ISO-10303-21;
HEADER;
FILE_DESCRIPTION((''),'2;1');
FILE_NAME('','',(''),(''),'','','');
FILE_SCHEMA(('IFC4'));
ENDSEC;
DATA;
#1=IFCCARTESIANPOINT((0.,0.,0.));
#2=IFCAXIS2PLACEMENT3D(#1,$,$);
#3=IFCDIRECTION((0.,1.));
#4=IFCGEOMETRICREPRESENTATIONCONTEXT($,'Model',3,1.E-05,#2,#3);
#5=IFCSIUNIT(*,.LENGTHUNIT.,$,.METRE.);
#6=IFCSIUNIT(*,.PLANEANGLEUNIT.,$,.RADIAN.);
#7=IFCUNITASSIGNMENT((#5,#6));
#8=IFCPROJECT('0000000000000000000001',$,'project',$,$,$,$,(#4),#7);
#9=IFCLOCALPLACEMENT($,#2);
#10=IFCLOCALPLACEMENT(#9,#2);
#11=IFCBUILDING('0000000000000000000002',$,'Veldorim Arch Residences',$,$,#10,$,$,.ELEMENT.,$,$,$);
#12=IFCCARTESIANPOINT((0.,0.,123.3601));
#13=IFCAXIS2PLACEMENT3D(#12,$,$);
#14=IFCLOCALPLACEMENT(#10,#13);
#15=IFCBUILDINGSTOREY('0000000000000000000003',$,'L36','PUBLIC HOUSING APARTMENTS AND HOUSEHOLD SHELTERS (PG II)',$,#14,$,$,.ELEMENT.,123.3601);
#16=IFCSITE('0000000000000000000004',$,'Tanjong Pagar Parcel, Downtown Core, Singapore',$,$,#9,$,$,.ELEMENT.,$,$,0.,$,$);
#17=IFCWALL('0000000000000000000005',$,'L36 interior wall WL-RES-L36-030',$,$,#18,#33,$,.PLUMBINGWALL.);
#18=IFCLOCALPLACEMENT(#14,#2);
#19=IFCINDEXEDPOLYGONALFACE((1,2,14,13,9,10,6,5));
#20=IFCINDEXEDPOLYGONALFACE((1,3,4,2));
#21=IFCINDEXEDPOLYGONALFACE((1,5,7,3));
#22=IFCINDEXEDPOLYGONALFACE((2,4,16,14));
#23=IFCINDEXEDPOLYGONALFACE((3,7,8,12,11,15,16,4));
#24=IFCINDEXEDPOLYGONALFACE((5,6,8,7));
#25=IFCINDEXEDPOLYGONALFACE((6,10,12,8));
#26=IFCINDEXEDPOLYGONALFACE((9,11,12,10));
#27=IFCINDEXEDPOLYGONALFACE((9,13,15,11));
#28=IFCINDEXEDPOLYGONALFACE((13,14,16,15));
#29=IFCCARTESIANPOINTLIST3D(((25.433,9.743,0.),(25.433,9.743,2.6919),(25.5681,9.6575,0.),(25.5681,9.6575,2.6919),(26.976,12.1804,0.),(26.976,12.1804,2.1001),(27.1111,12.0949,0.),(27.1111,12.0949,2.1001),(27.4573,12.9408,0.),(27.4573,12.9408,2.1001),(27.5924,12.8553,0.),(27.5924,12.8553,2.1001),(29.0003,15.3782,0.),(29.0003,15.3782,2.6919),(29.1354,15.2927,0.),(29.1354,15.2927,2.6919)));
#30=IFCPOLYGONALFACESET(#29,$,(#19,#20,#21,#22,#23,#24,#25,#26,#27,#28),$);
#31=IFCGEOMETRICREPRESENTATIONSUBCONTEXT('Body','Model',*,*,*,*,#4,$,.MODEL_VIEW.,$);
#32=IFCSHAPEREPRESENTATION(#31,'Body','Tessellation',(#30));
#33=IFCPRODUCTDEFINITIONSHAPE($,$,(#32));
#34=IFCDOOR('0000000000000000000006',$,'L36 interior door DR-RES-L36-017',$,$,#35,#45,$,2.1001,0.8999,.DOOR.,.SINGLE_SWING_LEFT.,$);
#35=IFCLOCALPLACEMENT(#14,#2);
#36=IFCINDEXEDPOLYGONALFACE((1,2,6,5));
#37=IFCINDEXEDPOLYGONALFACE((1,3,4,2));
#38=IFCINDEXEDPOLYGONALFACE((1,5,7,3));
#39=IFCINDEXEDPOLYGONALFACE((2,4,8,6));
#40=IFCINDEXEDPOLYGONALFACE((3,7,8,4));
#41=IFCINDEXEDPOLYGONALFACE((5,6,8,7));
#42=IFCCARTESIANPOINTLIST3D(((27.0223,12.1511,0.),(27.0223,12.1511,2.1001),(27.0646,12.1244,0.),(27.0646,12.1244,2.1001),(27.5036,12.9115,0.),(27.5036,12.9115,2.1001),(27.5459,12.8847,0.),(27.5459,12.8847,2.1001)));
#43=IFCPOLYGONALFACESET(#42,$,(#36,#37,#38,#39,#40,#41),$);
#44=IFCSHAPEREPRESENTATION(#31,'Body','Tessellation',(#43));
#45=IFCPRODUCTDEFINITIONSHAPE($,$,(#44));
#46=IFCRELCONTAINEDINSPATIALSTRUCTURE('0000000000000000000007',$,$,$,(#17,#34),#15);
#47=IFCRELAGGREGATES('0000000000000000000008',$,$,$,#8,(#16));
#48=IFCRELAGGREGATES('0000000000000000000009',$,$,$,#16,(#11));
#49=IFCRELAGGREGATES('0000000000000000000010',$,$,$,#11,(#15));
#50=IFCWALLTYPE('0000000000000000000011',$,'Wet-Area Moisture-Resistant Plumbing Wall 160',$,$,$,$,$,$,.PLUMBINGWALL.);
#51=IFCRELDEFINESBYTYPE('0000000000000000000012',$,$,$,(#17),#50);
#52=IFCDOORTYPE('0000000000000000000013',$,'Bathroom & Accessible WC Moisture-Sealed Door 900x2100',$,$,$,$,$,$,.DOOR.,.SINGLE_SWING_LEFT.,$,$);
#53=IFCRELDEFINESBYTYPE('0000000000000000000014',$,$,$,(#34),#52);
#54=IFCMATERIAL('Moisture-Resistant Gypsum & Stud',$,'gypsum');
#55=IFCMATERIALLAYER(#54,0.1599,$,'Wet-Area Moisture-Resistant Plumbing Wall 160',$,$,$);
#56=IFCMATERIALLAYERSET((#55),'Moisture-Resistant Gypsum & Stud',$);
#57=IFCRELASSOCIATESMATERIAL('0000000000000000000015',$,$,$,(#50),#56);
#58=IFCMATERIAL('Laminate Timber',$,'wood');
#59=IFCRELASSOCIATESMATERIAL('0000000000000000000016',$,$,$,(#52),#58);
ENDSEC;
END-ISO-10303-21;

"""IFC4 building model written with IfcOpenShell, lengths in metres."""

from ifc_helpers import new_model, si_unit, direction, frame, frame_2d, origin, place, context, subcontext, project, spatial, rectangle, extrude, material, layer, layer_set, type_object, element, fill, save


model = new_model("IFC4")

# Units and contexts
model_context = context("Model", 3, precision=1e-05, world=origin(), true_north=direction((0.0, 1.0)))
body_context = subcontext(model_context, "Body", "Model", "MODEL_VIEW")
ifc_project = project(units=[si_unit("LENGTHUNIT", "METRE"), si_unit("PLANEANGLEUNIT", "RADIAN")], contexts=[model_context])

# Site, building, storey
site_placement = place(None, origin())
site = spatial("IfcSite", under=ifc_project, at=site_placement, Name="Tanjong Pagar Parcel, Downtown Core, Singapore", CompositionType="ELEMENT", RefElevation=0.0)
building_placement = place(site_placement, origin())
building = spatial("IfcBuilding", under=site, at=building_placement, Name="Veldorim Arch Residences", CompositionType="ELEMENT")
storey_placement = place(building_placement, frame((0.0, 0.0, 123.3601)))
storey = spatial("IfcBuildingStorey", under=building, at=storey_placement, Name="L36", Description="PUBLIC HOUSING APARTMENTS AND HOUSEHOLD SHELTERS (PG II)", CompositionType="ELEMENT", Elevation=123.3601)

# Wall, opening, door
ifc_material_1 = material(Name="Moisture-Resistant Gypsum & Stud", Category="gypsum")
ifc_layer_1 = layer(ifc_material_1, 0.1599, Name="Wet-Area Moisture-Resistant Plumbing Wall 160")
ifc_layer_set_1 = layer_set([ifc_layer_1], Name="Moisture-Resistant Gypsum & Stud")
wall_type_1 = type_object("IfcWallType", Name="Wet-Area Moisture-Resistant Plumbing Wall 160", PredefinedType="PLUMBINGWALL", material=ifc_layer_set_1)
wall_1_placement = place(storey_placement, frame((29.0679, 15.3354, 0.0), z_axis=(0.0, 0.0, 1.0), x_axis=(-0.53488, -0.844928, 0.0)))
wall_1 = element("IfcWall", 1, at=wall_1_placement, inside=storey, type_object=wall_type_1, Name="L36 interior wall WL-RES-L36-030", PredefinedType="PLUMBINGWALL", context=body_context, shape_type="SweptSolid", body=[
    extrude(rectangle(XDim=6.6694, YDim=0.1599, at=frame_2d((3.3347, 0.0))), origin(), (0.0, 0.0, 1.0), 2.6919),
])
opening_1_placement = place(wall_1_placement, frame((2.8848, 0.0, 0.0)))
opening_1 = element("IfcOpeningElement", 2, at=opening_1_placement, cuts=wall_1, PredefinedType="OPENING", context=body_context, shape_type="SweptSolid", body=[
    extrude(rectangle(XDim=0.8999, YDim=2.1001, at=frame_2d((0.45, 1.05))), frame((0.0, 0.0898, 0.0), z_axis=(0.0, -1.0, 0.0), x_axis=(1.0, 0.0, 0.0)), (0.0, 0.0, 1.0), 0.1799),
])
ifc_material_2 = material(Name="Laminate Timber", Category="wood")
door_type_1 = type_object("IfcDoorType", Name="Bathroom & Accessible WC Moisture-Sealed Door 900x2100", OperationType="SINGLE_SWING_LEFT", PredefinedType="DOOR", material=ifc_material_2)
door_1_placement = place(opening_1_placement, origin())
door_1 = element("IfcDoor", 3, at=door_1_placement, inside=storey, type_object=door_type_1, Name="L36 interior door DR-RES-L36-017", OperationType="SINGLE_SWING_LEFT", OverallHeight=2.1001, OverallWidth=0.8999, PredefinedType="DOOR", context=body_context, shape_type="SweptSolid", body=[
    extrude(rectangle(XDim=0.8999, YDim=2.1001, at=frame_2d((0.45, 1.05))), frame((0.0, 0.0249, 0.0), z_axis=(0.0, -1.0, 0.0), x_axis=(1.0, 0.0, 0.0)), (0.0, 0.0, 1.0), 0.05),
])
fill(opening_1, door_1)

save(model, "model.ifc")
